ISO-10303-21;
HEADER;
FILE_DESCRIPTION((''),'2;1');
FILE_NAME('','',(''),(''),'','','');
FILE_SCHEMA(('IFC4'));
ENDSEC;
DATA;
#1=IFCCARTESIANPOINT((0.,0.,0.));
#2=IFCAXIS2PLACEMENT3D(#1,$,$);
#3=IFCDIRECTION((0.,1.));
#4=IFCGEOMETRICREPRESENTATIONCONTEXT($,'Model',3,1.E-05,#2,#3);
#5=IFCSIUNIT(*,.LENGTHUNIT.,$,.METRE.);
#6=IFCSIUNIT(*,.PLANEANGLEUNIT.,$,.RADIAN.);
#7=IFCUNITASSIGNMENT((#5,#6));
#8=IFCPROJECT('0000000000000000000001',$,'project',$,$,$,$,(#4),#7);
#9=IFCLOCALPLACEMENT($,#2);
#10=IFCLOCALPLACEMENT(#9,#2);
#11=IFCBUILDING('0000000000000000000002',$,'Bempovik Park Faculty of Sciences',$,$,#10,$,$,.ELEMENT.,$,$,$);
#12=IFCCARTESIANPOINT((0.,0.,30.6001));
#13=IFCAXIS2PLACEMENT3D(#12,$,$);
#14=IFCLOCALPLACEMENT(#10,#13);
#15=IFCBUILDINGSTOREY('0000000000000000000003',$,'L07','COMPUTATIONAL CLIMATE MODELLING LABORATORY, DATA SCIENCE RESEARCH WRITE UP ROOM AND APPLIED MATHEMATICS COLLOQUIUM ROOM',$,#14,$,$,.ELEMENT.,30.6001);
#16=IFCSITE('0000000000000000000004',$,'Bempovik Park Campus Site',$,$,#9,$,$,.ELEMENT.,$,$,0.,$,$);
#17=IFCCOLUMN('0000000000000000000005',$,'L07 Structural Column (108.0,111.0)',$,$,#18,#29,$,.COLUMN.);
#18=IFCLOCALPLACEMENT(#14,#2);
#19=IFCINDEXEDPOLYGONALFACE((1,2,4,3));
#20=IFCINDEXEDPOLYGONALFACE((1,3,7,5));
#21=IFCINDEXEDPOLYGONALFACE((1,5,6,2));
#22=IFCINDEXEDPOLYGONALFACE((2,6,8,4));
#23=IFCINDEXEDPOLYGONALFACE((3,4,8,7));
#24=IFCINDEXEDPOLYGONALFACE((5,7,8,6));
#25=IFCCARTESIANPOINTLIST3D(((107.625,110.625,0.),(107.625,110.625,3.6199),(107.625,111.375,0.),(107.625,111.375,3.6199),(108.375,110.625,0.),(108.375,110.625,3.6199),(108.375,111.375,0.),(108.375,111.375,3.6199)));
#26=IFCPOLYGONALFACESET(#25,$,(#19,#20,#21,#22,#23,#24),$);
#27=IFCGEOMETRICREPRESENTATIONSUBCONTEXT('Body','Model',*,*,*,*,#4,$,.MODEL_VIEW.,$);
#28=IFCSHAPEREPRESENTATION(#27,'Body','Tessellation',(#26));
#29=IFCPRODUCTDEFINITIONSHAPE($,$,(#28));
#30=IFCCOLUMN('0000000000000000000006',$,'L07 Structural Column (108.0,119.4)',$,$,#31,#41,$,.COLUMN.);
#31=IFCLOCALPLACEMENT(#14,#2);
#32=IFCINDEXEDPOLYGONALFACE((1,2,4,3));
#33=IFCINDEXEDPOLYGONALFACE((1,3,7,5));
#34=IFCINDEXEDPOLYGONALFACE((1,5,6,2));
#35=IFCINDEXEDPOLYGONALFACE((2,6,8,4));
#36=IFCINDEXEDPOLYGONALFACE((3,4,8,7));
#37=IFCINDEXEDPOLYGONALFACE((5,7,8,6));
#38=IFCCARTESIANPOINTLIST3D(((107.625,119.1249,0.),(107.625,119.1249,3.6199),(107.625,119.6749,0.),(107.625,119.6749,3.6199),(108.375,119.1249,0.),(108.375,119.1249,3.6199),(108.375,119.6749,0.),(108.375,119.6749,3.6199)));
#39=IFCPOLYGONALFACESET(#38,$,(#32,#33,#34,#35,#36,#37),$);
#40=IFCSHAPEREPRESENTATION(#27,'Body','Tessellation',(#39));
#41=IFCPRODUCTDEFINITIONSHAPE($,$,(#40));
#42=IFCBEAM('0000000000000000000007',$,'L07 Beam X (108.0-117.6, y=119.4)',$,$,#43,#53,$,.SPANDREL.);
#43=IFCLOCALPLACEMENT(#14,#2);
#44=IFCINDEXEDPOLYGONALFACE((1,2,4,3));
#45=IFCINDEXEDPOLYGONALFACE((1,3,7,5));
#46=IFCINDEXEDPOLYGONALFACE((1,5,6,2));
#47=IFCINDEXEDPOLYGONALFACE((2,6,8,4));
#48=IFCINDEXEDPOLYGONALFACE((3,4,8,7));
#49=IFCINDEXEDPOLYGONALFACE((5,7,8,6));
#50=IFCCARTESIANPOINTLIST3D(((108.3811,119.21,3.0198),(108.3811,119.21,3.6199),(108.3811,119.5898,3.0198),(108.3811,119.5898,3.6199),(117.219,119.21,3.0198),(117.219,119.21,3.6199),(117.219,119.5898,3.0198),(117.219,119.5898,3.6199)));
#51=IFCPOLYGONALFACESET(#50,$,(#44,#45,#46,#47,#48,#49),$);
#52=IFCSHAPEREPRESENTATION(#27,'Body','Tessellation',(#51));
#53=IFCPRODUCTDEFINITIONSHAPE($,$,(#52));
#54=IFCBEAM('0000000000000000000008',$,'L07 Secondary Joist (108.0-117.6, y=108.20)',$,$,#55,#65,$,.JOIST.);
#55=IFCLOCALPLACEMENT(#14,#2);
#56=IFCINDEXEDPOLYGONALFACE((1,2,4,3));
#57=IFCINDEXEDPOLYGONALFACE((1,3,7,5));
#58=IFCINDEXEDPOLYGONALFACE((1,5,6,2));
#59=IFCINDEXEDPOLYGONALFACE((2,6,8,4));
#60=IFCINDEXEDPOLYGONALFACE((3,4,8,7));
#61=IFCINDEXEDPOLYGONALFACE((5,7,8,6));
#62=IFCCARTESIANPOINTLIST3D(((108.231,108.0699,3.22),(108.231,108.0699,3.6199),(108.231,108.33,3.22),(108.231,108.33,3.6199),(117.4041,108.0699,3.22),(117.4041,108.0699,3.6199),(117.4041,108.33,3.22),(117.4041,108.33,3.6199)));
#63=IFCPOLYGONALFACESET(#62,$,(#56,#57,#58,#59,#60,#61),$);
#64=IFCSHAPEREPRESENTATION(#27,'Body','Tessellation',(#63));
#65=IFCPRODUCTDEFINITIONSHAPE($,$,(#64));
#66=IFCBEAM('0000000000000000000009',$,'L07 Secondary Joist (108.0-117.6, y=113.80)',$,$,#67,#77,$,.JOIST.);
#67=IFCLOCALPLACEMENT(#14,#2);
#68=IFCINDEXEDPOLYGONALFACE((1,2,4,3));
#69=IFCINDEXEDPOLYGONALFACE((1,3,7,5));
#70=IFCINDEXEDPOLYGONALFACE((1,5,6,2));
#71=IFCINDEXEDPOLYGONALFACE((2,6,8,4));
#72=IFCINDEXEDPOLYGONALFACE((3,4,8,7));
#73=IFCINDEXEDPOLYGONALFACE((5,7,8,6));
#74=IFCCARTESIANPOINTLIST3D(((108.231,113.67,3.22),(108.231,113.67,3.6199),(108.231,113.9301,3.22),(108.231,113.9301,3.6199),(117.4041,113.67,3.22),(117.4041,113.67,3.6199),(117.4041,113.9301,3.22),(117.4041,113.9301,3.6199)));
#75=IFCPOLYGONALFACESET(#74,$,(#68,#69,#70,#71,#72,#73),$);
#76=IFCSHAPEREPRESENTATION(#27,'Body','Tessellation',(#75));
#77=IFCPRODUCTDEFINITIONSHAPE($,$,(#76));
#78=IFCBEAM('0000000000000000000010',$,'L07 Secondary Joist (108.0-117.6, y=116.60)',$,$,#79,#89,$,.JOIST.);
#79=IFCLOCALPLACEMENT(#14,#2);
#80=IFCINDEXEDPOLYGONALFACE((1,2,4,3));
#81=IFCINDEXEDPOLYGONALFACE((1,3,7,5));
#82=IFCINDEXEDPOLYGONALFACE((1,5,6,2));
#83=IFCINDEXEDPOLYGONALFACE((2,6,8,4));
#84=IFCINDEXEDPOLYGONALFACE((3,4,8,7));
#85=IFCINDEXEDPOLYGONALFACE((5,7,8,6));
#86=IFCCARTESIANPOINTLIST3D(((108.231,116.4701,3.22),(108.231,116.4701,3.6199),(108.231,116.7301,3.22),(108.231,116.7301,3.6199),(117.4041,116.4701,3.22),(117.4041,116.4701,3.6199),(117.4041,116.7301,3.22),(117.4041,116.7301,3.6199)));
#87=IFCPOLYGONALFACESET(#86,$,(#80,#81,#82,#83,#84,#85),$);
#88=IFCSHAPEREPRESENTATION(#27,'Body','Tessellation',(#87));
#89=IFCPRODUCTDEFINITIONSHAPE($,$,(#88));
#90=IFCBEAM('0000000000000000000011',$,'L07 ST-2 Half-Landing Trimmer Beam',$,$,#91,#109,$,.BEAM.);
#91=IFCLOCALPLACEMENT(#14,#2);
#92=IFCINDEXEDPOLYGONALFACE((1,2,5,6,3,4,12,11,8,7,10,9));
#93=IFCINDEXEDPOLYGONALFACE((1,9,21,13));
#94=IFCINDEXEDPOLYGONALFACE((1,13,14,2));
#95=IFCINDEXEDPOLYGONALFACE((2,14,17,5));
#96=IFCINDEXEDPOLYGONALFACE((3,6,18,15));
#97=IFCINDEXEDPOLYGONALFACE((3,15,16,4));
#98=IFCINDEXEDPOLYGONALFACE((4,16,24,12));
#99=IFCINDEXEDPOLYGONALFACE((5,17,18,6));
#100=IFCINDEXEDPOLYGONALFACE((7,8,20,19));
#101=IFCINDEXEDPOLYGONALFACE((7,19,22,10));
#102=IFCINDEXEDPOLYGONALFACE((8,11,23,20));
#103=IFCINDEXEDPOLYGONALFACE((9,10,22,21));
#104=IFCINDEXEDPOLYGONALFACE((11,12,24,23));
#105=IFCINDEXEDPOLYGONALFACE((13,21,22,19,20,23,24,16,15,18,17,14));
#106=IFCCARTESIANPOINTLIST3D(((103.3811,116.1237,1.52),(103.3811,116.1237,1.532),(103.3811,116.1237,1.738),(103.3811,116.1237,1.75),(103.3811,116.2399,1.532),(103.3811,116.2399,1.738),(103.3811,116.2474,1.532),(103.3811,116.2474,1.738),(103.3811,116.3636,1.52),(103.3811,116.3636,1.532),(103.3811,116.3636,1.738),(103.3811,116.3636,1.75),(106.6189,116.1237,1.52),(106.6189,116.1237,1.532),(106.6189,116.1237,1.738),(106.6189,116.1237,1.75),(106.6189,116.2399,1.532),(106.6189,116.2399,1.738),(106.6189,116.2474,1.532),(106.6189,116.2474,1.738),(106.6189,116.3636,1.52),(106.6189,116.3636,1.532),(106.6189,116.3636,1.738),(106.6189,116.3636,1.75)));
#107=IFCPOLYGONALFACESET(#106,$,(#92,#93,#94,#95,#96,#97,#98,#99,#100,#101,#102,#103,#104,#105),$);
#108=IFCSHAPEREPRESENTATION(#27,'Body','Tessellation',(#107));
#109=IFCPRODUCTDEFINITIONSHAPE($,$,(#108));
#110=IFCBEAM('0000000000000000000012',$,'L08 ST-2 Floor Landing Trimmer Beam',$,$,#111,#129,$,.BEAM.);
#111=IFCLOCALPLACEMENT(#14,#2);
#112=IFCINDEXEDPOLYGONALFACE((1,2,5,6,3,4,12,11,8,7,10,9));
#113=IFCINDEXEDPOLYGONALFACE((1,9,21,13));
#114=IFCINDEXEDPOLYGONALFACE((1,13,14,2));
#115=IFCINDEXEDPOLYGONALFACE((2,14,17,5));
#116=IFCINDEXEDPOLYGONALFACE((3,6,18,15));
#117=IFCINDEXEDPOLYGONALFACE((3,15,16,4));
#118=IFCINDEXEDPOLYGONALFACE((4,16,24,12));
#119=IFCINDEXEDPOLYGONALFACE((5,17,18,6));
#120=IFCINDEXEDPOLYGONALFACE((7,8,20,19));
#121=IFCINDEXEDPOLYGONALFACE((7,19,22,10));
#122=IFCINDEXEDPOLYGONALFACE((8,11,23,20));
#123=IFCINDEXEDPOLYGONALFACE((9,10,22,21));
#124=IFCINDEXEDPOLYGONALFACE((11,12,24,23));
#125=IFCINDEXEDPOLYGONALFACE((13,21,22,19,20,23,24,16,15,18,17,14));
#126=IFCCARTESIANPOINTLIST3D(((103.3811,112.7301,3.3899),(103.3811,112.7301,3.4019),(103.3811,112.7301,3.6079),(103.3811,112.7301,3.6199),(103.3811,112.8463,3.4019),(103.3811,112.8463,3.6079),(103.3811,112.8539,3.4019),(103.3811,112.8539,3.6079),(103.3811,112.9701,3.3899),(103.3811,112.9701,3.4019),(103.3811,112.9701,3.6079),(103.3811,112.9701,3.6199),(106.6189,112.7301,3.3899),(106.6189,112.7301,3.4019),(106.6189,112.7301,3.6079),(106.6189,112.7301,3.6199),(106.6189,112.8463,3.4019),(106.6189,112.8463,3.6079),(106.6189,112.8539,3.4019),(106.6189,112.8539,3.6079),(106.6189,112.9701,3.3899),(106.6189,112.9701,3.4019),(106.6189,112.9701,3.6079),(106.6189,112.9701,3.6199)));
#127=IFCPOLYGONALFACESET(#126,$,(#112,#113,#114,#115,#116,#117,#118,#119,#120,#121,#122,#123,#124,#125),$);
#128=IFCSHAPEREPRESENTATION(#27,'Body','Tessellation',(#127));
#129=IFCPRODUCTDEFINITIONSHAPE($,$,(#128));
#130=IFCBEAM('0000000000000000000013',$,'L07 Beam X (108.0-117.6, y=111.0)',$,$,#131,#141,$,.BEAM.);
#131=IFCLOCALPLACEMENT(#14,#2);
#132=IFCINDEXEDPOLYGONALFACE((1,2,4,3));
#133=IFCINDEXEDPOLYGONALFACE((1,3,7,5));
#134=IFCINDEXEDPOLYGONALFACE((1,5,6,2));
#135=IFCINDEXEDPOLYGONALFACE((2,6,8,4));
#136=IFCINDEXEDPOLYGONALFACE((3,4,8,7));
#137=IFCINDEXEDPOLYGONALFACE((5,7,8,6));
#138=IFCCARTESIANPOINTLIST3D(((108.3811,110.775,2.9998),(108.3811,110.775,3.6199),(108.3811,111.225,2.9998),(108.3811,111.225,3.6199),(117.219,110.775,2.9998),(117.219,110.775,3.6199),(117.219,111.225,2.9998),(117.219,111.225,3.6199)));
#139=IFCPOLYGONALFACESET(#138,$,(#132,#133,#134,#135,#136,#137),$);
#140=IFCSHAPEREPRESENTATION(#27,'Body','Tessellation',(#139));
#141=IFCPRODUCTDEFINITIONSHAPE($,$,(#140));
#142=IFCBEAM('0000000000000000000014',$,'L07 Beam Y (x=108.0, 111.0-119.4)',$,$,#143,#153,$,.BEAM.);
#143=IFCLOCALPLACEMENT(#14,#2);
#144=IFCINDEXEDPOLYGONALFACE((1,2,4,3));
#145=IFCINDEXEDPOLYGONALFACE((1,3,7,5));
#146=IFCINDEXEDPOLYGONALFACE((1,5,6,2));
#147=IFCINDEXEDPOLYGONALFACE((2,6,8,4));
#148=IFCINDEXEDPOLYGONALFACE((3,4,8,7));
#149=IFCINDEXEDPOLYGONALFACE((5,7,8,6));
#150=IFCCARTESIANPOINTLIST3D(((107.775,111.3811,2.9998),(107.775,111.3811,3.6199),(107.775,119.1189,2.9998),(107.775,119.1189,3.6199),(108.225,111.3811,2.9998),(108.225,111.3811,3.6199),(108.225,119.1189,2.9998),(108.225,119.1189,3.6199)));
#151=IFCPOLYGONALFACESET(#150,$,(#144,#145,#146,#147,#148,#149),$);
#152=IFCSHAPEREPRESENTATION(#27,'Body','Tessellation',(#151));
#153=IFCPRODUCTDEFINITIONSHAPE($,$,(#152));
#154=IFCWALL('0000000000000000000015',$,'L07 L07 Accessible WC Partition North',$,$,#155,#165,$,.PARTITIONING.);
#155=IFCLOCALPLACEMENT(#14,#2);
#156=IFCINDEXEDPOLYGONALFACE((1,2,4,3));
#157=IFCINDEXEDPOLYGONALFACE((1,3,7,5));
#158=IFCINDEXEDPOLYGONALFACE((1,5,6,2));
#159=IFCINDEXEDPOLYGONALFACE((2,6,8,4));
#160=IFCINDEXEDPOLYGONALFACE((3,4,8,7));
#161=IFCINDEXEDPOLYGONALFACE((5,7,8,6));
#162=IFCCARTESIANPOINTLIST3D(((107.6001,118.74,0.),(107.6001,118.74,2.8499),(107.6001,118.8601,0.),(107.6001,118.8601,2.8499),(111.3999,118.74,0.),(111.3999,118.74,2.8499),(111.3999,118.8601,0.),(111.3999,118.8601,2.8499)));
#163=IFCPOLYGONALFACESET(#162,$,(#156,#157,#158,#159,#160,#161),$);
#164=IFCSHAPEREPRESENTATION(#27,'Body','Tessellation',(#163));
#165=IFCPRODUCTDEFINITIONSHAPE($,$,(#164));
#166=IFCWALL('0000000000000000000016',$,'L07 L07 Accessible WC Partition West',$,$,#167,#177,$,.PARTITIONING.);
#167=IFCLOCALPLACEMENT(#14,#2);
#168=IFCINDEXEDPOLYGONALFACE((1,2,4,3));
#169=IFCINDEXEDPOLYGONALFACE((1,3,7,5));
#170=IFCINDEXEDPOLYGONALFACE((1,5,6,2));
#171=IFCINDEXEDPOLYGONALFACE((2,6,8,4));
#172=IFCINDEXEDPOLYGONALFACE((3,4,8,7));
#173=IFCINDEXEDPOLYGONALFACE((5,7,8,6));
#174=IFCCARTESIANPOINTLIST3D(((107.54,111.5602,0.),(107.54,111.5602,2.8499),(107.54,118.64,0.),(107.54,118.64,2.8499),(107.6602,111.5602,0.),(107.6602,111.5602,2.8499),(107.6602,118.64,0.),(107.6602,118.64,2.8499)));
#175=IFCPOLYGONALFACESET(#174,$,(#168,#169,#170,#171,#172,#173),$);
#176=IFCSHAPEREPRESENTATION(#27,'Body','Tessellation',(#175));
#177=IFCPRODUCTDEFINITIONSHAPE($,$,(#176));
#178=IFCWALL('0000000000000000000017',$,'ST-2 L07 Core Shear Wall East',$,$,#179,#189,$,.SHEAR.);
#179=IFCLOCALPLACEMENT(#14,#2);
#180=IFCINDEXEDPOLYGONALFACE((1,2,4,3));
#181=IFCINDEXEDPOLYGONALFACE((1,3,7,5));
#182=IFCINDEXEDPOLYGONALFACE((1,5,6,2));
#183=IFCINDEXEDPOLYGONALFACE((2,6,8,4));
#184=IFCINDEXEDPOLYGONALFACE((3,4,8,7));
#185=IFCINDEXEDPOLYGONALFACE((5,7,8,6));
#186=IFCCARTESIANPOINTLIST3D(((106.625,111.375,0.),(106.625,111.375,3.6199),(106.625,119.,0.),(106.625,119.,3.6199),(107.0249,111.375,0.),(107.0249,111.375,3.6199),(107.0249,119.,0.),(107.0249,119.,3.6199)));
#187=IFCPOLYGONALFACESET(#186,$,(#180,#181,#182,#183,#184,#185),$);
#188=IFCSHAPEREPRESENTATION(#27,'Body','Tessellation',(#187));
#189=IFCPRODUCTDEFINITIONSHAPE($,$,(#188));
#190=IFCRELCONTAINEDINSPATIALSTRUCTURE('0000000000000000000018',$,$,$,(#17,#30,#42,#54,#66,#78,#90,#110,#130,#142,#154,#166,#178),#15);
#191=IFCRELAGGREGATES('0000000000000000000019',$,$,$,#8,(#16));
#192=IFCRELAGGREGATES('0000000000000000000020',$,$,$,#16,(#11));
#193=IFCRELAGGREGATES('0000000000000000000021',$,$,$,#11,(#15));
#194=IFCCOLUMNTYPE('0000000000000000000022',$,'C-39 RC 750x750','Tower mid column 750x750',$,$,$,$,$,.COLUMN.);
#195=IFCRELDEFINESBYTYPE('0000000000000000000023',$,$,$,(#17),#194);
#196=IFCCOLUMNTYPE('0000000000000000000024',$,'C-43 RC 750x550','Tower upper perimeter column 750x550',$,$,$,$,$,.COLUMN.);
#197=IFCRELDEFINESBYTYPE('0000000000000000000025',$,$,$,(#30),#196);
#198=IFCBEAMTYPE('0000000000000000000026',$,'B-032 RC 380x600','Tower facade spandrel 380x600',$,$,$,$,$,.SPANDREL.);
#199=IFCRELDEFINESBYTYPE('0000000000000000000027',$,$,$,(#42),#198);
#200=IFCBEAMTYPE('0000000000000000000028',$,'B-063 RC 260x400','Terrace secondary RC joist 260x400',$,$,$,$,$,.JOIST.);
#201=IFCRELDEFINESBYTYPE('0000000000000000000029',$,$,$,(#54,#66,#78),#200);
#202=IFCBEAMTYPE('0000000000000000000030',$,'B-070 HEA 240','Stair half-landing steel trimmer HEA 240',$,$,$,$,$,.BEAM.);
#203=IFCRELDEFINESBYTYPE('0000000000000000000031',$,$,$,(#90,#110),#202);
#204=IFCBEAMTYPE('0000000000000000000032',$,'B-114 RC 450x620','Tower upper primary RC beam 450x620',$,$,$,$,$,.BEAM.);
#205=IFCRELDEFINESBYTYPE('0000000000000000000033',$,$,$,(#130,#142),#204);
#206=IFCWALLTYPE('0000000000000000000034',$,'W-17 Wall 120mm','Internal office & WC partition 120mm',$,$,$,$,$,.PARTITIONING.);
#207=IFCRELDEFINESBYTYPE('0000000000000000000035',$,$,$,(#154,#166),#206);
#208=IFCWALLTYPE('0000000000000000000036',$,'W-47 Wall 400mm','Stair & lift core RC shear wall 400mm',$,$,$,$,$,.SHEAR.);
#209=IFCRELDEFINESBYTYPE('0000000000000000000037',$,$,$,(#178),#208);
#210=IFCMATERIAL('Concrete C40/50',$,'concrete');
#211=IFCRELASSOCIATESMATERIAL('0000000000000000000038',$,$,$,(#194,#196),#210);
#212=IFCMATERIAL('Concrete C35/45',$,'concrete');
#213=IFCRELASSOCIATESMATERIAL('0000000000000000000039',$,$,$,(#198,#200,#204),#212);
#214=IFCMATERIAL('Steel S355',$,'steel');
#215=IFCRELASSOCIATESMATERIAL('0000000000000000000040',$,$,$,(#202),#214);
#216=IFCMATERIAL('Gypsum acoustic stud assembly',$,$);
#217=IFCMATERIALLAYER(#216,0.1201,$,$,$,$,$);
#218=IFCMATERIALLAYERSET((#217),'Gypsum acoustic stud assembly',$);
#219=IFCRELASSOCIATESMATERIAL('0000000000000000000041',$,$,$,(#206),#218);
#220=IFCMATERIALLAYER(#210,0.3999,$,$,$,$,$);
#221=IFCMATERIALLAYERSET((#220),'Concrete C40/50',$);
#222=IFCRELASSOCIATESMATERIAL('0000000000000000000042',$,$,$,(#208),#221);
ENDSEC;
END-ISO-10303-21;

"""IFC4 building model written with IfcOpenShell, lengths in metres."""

from ifc_helpers import new_model, si_unit, direction, frame, frame_2d, origin, origin_2d, place, context, subcontext, project, spatial, rectangle, i_section, extrude, material, layer, layer_set, material_profile, profile_set, type_object, element, save


model = new_model("IFC4")

# Units and contexts
model_context = context("Model", 3, precision=1e-05, world=origin(), true_north=direction((0.0, 1.0)))
body_context = subcontext(model_context, "Body", "Model", "MODEL_VIEW")
ifc_project = project(units=[si_unit("LENGTHUNIT", "METRE"), si_unit("PLANEANGLEUNIT", "RADIAN")], contexts=[model_context])

# Site, building, storey
site_placement = place(None, origin())
site = spatial("IfcSite", under=ifc_project, at=site_placement, Name="Bempovik Park Campus Site", CompositionType="ELEMENT", RefElevation=0.0)
building_placement = place(site_placement, origin())
building = spatial("IfcBuilding", under=site, at=building_placement, Name="Bempovik Park Faculty of Sciences", CompositionType="ELEMENT")
storey_placement = place(building_placement, frame((0.0, 0.0, 30.6001)))
storey = spatial("IfcBuildingStorey", under=building, at=storey_placement, Name="L07", Description="COMPUTATIONAL CLIMATE MODELLING LABORATORY, DATA SCIENCE RESEARCH WRITE UP ROOM AND APPLIED MATHEMATICS COLLOQUIUM ROOM", CompositionType="ELEMENT", Elevation=30.6001)

# Columns
ifc_material_1 = material(Name="Concrete C40/50", Category="concrete")
ifc_material_profile_1 = material_profile(ifc_material_1, rectangle(XDim=0.75, YDim=0.75, at=origin_2d()), Name="RC 750x750")
ifc_profile_set_1 = profile_set([ifc_material_profile_1], Name="Concrete C40/50")
column_type_1 = type_object("IfcColumnType", Name="C-39 RC 750x750", Description="Tower mid column 750x750", PredefinedType="COLUMN", material=ifc_profile_set_1)
column_1_placement = place(storey_placement, frame((108.0, 111.0, 0.0), z_axis=(0.0, 0.0, 1.0), x_axis=(1.0, 0.0, 0.0)))
element("IfcColumn", 1, at=column_1_placement, inside=storey, type_object=column_type_1, Name="L07 Structural Column (108.0,111.0)", PredefinedType="COLUMN", context=body_context, shape_type="SweptSolid", body=[
    extrude(rectangle(XDim=0.75, YDim=0.75, at=origin_2d()), origin(), (0.0, 0.0, 1.0), 3.6199),
])
ifc_material_profile_2 = material_profile(ifc_material_1, rectangle(XDim=0.75, YDim=0.55, at=origin_2d()), Name="RC 750x550")
ifc_profile_set_2 = profile_set([ifc_material_profile_2], Name="Concrete C40/50")
column_type_2 = type_object("IfcColumnType", Name="C-43 RC 750x550", Description="Tower upper perimeter column 750x550", PredefinedType="COLUMN", material=ifc_profile_set_2)
column_2_placement = place(storey_placement, frame((108.0, 119.3999, 0.0), z_axis=(0.0, 0.0, 1.0), x_axis=(1.0, 0.0, 0.0)))
element("IfcColumn", 2, at=column_2_placement, inside=storey, type_object=column_type_2, Name="L07 Structural Column (108.0,119.4)", PredefinedType="COLUMN", context=body_context, shape_type="SweptSolid", body=[
    extrude(rectangle(XDim=0.75, YDim=0.55, at=origin_2d()), origin(), (0.0, 0.0, 1.0), 3.6199),
])

# Beams
ifc_material_2 = material(Name="Concrete C35/45", Category="concrete")
ifc_material_profile_3 = material_profile(ifc_material_2, rectangle(XDim=0.3799, YDim=0.6001, at=origin_2d()), Name="RC 380x600")
ifc_profile_set_3 = profile_set([ifc_material_profile_3], Name="Concrete C35/45")
beam_type_1 = type_object("IfcBeamType", Name="B-032 RC 380x600", Description="Tower facade spandrel 380x600", PredefinedType="SPANDREL", material=ifc_profile_set_3)
beam_1_placement = place(storey_placement, frame((108.3811, 119.3999, 3.3198), z_axis=(1.0, 0.0, 0.0), x_axis=(0.0, 1.0, 0.0)))
element("IfcBeam", 3, at=beam_1_placement, inside=storey, type_object=beam_type_1, Name="L07 Beam X (108.0-117.6, y=119.4)", PredefinedType="SPANDREL", context=body_context, shape_type="SweptSolid", body=[
    extrude(rectangle(XDim=0.3799, YDim=0.6001, at=origin_2d()), origin(), (0.0, 0.0, 1.0), 8.8379),
])
ifc_material_profile_4 = material_profile(ifc_material_2, rectangle(XDim=0.26, YDim=0.3999, at=origin_2d()), Name="RC 260x400")
ifc_profile_set_4 = profile_set([ifc_material_profile_4], Name="Concrete C35/45")
beam_type_2 = type_object("IfcBeamType", Name="B-063 RC 260x400", Description="Terrace secondary RC joist 260x400", PredefinedType="JOIST", material=ifc_profile_set_4)
for number, where, z_axis, x_axis, name in (
    (4, (108.231, 108.2, 3.4199), (1.0, 0.0, 0.0), (0.0, 1.0, 0.0), "L07 Secondary Joist (108.0-117.6, y=108.20)"),
    (5, (108.231, 113.8, 3.4199), (1.0, 0.0, 0.0), (0.0, 1.0, 0.0), "L07 Secondary Joist (108.0-117.6, y=113.80)"),
    (6, (108.231, 116.6001, 3.4199), (1.0, 0.0, 0.0), (0.0, 1.0, 0.0), "L07 Secondary Joist (108.0-117.6, y=116.60)"),
):
    element("IfcBeam", number, at=place(storey_placement, frame(where, z_axis=z_axis, x_axis=x_axis)), inside=storey, type_object=beam_type_2, Name=name, PredefinedType="JOIST", context=body_context, shape_type="SweptSolid", body=[
        extrude(rectangle(XDim=0.26, YDim=0.3999, at=origin_2d()), origin(), (0.0, 0.0, 1.0), 9.1731),
    ])
ifc_material_3 = material(Name="Steel S355", Category="steel")
ifc_material_profile_5 = material_profile(ifc_material_3, i_section(OverallWidth=0.24, OverallDepth=0.23, WebThickness=0.0076, FlangeThickness=0.012, at=origin_2d()), Name="HEA 240")
ifc_profile_set_5 = profile_set([ifc_material_profile_5], Name="Steel S355")
beam_type_3 = type_object("IfcBeamType", Name="B-070 HEA 240", Description="Stair half-landing steel trimmer HEA 240", PredefinedType="BEAM", material=ifc_profile_set_5)
for number, where, z_axis, x_axis, name in (
    (7, (103.3811, 116.2437, 1.635), (1.0, 0.0, 0.0), (0.0, 1.0, 0.0), "L07 ST-2 Half-Landing Trimmer Beam"),
    (8, (103.3811, 112.8501, 3.5049), (1.0, 0.0, 0.0), (0.0, 1.0, 0.0), "L08 ST-2 Floor Landing Trimmer Beam"),
):
    element("IfcBeam", number, at=place(storey_placement, frame(where, z_axis=z_axis, x_axis=x_axis)), inside=storey, type_object=beam_type_3, Name=name, PredefinedType="BEAM", context=body_context, shape_type="SweptSolid", body=[
        extrude(i_section(OverallWidth=0.24, OverallDepth=0.23, WebThickness=0.0076, FlangeThickness=0.012, at=origin_2d()), origin(), (0.0, 0.0, 1.0), 3.2378),
    ])
ifc_material_profile_6 = material_profile(ifc_material_2, rectangle(XDim=0.45, YDim=0.6201, at=origin_2d()), Name="RC 450x620")
ifc_profile_set_6 = profile_set([ifc_material_profile_6], Name="Concrete C35/45")
beam_type_4 = type_object("IfcBeamType", Name="B-114 RC 450x620", Description="Tower upper primary RC beam 450x620", PredefinedType="BEAM", material=ifc_profile_set_6)
beam_2_placement = place(storey_placement, frame((108.3811, 111.0, 3.3098), z_axis=(1.0, 0.0, 0.0), x_axis=(0.0, 1.0, 0.0)))
element("IfcBeam", 9, at=beam_2_placement, inside=storey, type_object=beam_type_4, Name="L07 Beam X (108.0-117.6, y=111.0)", PredefinedType="BEAM", context=body_context, shape_type="SweptSolid", body=[
    extrude(rectangle(XDim=0.45, YDim=0.6201, at=origin_2d()), origin(), (0.0, 0.0, 1.0), 8.8379),
])
beam_3_placement = place(storey_placement, frame((108.0, 111.3811, 3.3098), z_axis=(0.0, 1.0, 0.0), x_axis=(-1.0, 0.0, 0.0)))
element("IfcBeam", 10, at=beam_3_placement, inside=storey, type_object=beam_type_4, Name="L07 Beam Y (x=108.0, 111.0-119.4)", PredefinedType="BEAM", context=body_context, shape_type="SweptSolid", body=[
    extrude(rectangle(XDim=0.45, YDim=0.6201, at=origin_2d()), origin(), (0.0, 0.0, 1.0), 7.7378),
])

# Shared definitions
ifc_material_4 = material(Name="Gypsum acoustic stud assembly")
ifc_layer_1 = layer(ifc_material_4, 0.1201)
ifc_layer_set_1 = layer_set([ifc_layer_1], Name="Gypsum acoustic stud assembly")
wall_type_1 = type_object("IfcWallType", Name="W-17 Wall 120mm", Description="Internal office & WC partition 120mm", PredefinedType="PARTITIONING", material=ifc_layer_set_1)

# Walls
wall_1_placement = place(storey_placement, frame((107.6001, 118.8, 0.0), z_axis=(0.0, 0.0, 1.0), x_axis=(1.0, 0.0, 0.0)))
element("IfcWall", 11, at=wall_1_placement, inside=storey, type_object=wall_type_1, Name="L07 L07 Accessible WC Partition North", PredefinedType="PARTITIONING", context=body_context, shape_type="SweptSolid", body=[
    extrude(rectangle(XDim=3.7998, YDim=0.1201, at=frame_2d((1.8999, 0.0))), origin(), (0.0, 0.0, 1.0), 2.8499),
])
wall_2_placement = place(storey_placement, frame((107.6001, 111.5601, 0.0), z_axis=(0.0, 0.0, 1.0), x_axis=(0.0, 1.0, 0.0)))
element("IfcWall", 12, at=wall_2_placement, inside=storey, type_object=wall_type_1, Name="L07 L07 Accessible WC Partition West", PredefinedType="PARTITIONING", context=body_context, shape_type="SweptSolid", body=[
    extrude(rectangle(XDim=7.0798, YDim=0.1201, at=frame_2d((3.54, 0.0))), origin(), (0.0, 0.0, 1.0), 2.8499),
])
ifc_layer_2 = layer(ifc_material_1, 0.3999)
ifc_layer_set_2 = layer_set([ifc_layer_2], Name="Concrete C40/50")
wall_type_2 = type_object("IfcWallType", Name="W-47 Wall 400mm", Description="Stair & lift core RC shear wall 400mm", PredefinedType="SHEAR", material=ifc_layer_set_2)
wall_3_placement = place(storey_placement, frame((106.825, 111.375, 0.0), z_axis=(0.0, 0.0, 1.0), x_axis=(0.0, 1.0, 0.0)))
element("IfcWall", 13, at=wall_3_placement, inside=storey, type_object=wall_type_2, Name="ST-2 L07 Core Shear Wall East", PredefinedType="SHEAR", context=body_context, shape_type="SweptSolid", body=[
    extrude(rectangle(XDim=7.625, YDim=0.3999, at=frame_2d((3.8125, 0.0))), origin(), (0.0, 0.0, 1.0), 3.6199),
])

save(model, "model.ifc")
